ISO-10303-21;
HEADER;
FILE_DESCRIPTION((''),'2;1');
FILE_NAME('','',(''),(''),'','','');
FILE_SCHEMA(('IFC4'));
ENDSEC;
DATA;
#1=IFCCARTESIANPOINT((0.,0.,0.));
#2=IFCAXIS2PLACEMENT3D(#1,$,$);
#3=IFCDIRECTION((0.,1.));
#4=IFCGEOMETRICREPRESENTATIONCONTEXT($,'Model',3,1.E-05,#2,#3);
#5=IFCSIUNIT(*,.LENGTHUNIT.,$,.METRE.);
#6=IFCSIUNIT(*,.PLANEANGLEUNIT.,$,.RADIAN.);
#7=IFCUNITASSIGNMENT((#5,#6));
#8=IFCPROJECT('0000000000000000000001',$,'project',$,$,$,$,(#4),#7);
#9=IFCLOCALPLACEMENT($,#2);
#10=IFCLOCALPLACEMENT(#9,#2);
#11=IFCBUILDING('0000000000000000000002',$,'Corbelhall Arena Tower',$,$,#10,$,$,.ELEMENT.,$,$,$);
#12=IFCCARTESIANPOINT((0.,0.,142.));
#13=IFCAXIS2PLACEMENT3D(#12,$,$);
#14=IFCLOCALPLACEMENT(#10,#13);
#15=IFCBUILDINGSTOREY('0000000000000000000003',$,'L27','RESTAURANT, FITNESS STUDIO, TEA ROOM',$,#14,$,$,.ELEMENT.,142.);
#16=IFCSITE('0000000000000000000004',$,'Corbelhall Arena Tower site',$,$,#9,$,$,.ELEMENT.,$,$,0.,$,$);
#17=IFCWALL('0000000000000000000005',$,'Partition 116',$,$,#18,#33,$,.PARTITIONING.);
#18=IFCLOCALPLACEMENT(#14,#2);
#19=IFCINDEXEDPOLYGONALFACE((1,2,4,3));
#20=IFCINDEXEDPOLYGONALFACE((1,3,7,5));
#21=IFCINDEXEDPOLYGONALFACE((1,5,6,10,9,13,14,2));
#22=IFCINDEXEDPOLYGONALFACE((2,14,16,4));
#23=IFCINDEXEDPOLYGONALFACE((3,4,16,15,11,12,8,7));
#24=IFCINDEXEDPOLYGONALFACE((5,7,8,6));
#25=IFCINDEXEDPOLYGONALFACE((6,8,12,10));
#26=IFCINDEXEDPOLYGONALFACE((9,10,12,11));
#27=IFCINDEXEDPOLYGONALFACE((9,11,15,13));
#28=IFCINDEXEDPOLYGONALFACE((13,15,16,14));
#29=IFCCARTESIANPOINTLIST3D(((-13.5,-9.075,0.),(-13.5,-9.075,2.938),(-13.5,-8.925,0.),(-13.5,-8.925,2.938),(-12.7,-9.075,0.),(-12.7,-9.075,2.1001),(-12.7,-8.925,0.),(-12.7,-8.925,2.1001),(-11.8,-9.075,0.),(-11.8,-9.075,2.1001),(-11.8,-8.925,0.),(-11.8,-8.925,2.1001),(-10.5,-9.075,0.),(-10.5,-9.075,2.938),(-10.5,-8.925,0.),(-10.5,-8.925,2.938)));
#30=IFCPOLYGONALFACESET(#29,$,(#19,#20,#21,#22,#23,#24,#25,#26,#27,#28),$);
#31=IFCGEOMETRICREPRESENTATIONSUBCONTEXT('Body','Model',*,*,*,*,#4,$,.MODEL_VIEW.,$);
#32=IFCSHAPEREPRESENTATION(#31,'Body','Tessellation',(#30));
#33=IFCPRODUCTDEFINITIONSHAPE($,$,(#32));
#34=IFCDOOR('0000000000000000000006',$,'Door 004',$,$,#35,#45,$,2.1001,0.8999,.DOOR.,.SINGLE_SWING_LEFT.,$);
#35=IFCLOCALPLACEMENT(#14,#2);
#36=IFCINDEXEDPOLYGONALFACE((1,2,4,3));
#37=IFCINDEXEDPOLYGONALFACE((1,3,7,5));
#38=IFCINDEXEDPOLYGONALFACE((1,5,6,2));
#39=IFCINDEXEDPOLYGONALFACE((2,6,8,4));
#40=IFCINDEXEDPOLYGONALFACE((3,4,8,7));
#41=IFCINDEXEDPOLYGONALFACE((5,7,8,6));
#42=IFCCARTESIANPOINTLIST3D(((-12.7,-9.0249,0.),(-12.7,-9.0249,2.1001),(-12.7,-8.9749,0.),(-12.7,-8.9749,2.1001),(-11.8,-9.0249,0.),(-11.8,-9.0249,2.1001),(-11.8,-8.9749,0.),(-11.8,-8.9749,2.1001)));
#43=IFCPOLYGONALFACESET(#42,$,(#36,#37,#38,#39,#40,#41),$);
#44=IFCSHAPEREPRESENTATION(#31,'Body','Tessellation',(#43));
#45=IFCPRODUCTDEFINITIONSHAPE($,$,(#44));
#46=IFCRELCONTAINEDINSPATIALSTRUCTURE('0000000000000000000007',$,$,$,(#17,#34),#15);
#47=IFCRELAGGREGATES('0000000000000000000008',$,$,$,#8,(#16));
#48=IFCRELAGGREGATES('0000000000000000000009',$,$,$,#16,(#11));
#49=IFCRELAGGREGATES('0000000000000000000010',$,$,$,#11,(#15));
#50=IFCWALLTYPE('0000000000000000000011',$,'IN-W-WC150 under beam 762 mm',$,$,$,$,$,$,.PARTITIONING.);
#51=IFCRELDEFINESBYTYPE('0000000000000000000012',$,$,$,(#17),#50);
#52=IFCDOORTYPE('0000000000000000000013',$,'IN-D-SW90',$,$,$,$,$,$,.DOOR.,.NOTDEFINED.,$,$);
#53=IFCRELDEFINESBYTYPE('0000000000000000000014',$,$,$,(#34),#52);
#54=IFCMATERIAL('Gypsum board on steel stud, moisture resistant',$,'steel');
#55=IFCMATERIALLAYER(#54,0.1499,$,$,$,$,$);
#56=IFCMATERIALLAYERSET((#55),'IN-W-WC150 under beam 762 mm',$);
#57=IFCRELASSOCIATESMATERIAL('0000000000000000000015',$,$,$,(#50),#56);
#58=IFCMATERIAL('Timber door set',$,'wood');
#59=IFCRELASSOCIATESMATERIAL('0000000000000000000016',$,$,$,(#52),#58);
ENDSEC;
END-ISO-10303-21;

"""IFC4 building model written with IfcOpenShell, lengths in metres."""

from ifc_helpers import new_model, si_unit, direction, frame, frame_2d, origin, place, context, subcontext, project, spatial, rectangle, extrude, material, layer, layer_set, type_object, element, fill, save


model = new_model("IFC4")

# Units and contexts
model_context = context("Model", 3, precision=1e-05, world=origin(), true_north=direction((0.0, 1.0)))
body_context = subcontext(model_context, "Body", "Model", "MODEL_VIEW")
ifc_project = project(units=[si_unit("LENGTHUNIT", "METRE"), si_unit("PLANEANGLEUNIT", "RADIAN")], contexts=[model_context])

# Site, building, storey
site_placement = place(None, origin())
site = spatial("IfcSite", under=ifc_project, at=site_placement, Name="Corbelhall Arena Tower site", CompositionType="ELEMENT", RefElevation=0.0)
building_placement = place(site_placement, origin())
building = spatial("IfcBuilding", under=site, at=building_placement, Name="Corbelhall Arena Tower", CompositionType="ELEMENT")
storey_placement = place(building_placement, frame((0.0, 0.0, 142.0)))
storey = spatial("IfcBuildingStorey", under=building, at=storey_placement, Name="L27", Description="RESTAURANT, FITNESS STUDIO, TEA ROOM", CompositionType="ELEMENT", Elevation=142.0)

# Shared definitions
ifc_material_1 = material(Name="Gypsum board on steel stud, moisture resistant", Category="steel")
ifc_layer_1 = layer(ifc_material_1, 0.1499)
ifc_layer_set_1 = layer_set([ifc_layer_1], Name="IN-W-WC150 under beam 762 mm")
wall_type_1 = type_object("IfcWallType", Name="IN-W-WC150 under beam 762 mm", PredefinedType="PARTITIONING", material=ifc_layer_set_1)

# Wall, opening, door
wall_1_placement = place(storey_placement, frame((-10.5, -9.0, 0.0), z_axis=(0.0, 0.0, 1.0), x_axis=(-1.0, 0.0, 0.0)))
wall_1 = element("IfcWall", 1, at=wall_1_placement, inside=storey, type_object=wall_type_1, Name="Partition 116", PredefinedType="PARTITIONING", context=body_context, shape_type="SweptSolid", body=[
    extrude(rectangle(XDim=3.0, YDim=0.1499, at=frame_2d((1.5, 0.0))), origin(), (0.0, 0.0, 1.0), 2.938),
])
opening_1_placement = place(wall_1_placement, frame((1.3, 0.0, 0.0)))
opening_1 = element("IfcOpeningElement", 2, at=opening_1_placement, cuts=wall_1, PredefinedType="OPENING", context=body_context, shape_type="SweptSolid", body=[
    extrude(rectangle(XDim=0.8999, YDim=2.1001, at=frame_2d((0.45, 1.05))), frame((0.0, 0.075, 0.0), z_axis=(0.0, -1.0, 0.0), x_axis=(1.0, 0.0, 0.0)), (0.0, 0.0, 1.0), 0.1499),
])
ifc_material_2 = material(Name="Timber door set", Category="wood")
door_type_1 = type_object("IfcDoorType", Name="IN-D-SW90", OperationType="NOTDEFINED", PredefinedType="DOOR", material=ifc_material_2)
door_1_placement = place(opening_1_placement, origin())
door_1 = element("IfcDoor", 3, at=door_1_placement, inside=storey, type_object=door_type_1, Name="Door 004", OperationType="SINGLE_SWING_LEFT", OverallHeight=2.1001, OverallWidth=0.8999, PredefinedType="DOOR", context=body_context, shape_type="SweptSolid", body=[
    extrude(rectangle(XDim=0.8999, YDim=2.1001, at=frame_2d((0.45, 1.05))), frame((0.0, 0.0249, 0.0), z_axis=(0.0, -1.0, 0.0), x_axis=(1.0, 0.0, 0.0)), (0.0, 0.0, 1.0), 0.05),
])
fill(opening_1, door_1)

save(model, "model.ifc")
